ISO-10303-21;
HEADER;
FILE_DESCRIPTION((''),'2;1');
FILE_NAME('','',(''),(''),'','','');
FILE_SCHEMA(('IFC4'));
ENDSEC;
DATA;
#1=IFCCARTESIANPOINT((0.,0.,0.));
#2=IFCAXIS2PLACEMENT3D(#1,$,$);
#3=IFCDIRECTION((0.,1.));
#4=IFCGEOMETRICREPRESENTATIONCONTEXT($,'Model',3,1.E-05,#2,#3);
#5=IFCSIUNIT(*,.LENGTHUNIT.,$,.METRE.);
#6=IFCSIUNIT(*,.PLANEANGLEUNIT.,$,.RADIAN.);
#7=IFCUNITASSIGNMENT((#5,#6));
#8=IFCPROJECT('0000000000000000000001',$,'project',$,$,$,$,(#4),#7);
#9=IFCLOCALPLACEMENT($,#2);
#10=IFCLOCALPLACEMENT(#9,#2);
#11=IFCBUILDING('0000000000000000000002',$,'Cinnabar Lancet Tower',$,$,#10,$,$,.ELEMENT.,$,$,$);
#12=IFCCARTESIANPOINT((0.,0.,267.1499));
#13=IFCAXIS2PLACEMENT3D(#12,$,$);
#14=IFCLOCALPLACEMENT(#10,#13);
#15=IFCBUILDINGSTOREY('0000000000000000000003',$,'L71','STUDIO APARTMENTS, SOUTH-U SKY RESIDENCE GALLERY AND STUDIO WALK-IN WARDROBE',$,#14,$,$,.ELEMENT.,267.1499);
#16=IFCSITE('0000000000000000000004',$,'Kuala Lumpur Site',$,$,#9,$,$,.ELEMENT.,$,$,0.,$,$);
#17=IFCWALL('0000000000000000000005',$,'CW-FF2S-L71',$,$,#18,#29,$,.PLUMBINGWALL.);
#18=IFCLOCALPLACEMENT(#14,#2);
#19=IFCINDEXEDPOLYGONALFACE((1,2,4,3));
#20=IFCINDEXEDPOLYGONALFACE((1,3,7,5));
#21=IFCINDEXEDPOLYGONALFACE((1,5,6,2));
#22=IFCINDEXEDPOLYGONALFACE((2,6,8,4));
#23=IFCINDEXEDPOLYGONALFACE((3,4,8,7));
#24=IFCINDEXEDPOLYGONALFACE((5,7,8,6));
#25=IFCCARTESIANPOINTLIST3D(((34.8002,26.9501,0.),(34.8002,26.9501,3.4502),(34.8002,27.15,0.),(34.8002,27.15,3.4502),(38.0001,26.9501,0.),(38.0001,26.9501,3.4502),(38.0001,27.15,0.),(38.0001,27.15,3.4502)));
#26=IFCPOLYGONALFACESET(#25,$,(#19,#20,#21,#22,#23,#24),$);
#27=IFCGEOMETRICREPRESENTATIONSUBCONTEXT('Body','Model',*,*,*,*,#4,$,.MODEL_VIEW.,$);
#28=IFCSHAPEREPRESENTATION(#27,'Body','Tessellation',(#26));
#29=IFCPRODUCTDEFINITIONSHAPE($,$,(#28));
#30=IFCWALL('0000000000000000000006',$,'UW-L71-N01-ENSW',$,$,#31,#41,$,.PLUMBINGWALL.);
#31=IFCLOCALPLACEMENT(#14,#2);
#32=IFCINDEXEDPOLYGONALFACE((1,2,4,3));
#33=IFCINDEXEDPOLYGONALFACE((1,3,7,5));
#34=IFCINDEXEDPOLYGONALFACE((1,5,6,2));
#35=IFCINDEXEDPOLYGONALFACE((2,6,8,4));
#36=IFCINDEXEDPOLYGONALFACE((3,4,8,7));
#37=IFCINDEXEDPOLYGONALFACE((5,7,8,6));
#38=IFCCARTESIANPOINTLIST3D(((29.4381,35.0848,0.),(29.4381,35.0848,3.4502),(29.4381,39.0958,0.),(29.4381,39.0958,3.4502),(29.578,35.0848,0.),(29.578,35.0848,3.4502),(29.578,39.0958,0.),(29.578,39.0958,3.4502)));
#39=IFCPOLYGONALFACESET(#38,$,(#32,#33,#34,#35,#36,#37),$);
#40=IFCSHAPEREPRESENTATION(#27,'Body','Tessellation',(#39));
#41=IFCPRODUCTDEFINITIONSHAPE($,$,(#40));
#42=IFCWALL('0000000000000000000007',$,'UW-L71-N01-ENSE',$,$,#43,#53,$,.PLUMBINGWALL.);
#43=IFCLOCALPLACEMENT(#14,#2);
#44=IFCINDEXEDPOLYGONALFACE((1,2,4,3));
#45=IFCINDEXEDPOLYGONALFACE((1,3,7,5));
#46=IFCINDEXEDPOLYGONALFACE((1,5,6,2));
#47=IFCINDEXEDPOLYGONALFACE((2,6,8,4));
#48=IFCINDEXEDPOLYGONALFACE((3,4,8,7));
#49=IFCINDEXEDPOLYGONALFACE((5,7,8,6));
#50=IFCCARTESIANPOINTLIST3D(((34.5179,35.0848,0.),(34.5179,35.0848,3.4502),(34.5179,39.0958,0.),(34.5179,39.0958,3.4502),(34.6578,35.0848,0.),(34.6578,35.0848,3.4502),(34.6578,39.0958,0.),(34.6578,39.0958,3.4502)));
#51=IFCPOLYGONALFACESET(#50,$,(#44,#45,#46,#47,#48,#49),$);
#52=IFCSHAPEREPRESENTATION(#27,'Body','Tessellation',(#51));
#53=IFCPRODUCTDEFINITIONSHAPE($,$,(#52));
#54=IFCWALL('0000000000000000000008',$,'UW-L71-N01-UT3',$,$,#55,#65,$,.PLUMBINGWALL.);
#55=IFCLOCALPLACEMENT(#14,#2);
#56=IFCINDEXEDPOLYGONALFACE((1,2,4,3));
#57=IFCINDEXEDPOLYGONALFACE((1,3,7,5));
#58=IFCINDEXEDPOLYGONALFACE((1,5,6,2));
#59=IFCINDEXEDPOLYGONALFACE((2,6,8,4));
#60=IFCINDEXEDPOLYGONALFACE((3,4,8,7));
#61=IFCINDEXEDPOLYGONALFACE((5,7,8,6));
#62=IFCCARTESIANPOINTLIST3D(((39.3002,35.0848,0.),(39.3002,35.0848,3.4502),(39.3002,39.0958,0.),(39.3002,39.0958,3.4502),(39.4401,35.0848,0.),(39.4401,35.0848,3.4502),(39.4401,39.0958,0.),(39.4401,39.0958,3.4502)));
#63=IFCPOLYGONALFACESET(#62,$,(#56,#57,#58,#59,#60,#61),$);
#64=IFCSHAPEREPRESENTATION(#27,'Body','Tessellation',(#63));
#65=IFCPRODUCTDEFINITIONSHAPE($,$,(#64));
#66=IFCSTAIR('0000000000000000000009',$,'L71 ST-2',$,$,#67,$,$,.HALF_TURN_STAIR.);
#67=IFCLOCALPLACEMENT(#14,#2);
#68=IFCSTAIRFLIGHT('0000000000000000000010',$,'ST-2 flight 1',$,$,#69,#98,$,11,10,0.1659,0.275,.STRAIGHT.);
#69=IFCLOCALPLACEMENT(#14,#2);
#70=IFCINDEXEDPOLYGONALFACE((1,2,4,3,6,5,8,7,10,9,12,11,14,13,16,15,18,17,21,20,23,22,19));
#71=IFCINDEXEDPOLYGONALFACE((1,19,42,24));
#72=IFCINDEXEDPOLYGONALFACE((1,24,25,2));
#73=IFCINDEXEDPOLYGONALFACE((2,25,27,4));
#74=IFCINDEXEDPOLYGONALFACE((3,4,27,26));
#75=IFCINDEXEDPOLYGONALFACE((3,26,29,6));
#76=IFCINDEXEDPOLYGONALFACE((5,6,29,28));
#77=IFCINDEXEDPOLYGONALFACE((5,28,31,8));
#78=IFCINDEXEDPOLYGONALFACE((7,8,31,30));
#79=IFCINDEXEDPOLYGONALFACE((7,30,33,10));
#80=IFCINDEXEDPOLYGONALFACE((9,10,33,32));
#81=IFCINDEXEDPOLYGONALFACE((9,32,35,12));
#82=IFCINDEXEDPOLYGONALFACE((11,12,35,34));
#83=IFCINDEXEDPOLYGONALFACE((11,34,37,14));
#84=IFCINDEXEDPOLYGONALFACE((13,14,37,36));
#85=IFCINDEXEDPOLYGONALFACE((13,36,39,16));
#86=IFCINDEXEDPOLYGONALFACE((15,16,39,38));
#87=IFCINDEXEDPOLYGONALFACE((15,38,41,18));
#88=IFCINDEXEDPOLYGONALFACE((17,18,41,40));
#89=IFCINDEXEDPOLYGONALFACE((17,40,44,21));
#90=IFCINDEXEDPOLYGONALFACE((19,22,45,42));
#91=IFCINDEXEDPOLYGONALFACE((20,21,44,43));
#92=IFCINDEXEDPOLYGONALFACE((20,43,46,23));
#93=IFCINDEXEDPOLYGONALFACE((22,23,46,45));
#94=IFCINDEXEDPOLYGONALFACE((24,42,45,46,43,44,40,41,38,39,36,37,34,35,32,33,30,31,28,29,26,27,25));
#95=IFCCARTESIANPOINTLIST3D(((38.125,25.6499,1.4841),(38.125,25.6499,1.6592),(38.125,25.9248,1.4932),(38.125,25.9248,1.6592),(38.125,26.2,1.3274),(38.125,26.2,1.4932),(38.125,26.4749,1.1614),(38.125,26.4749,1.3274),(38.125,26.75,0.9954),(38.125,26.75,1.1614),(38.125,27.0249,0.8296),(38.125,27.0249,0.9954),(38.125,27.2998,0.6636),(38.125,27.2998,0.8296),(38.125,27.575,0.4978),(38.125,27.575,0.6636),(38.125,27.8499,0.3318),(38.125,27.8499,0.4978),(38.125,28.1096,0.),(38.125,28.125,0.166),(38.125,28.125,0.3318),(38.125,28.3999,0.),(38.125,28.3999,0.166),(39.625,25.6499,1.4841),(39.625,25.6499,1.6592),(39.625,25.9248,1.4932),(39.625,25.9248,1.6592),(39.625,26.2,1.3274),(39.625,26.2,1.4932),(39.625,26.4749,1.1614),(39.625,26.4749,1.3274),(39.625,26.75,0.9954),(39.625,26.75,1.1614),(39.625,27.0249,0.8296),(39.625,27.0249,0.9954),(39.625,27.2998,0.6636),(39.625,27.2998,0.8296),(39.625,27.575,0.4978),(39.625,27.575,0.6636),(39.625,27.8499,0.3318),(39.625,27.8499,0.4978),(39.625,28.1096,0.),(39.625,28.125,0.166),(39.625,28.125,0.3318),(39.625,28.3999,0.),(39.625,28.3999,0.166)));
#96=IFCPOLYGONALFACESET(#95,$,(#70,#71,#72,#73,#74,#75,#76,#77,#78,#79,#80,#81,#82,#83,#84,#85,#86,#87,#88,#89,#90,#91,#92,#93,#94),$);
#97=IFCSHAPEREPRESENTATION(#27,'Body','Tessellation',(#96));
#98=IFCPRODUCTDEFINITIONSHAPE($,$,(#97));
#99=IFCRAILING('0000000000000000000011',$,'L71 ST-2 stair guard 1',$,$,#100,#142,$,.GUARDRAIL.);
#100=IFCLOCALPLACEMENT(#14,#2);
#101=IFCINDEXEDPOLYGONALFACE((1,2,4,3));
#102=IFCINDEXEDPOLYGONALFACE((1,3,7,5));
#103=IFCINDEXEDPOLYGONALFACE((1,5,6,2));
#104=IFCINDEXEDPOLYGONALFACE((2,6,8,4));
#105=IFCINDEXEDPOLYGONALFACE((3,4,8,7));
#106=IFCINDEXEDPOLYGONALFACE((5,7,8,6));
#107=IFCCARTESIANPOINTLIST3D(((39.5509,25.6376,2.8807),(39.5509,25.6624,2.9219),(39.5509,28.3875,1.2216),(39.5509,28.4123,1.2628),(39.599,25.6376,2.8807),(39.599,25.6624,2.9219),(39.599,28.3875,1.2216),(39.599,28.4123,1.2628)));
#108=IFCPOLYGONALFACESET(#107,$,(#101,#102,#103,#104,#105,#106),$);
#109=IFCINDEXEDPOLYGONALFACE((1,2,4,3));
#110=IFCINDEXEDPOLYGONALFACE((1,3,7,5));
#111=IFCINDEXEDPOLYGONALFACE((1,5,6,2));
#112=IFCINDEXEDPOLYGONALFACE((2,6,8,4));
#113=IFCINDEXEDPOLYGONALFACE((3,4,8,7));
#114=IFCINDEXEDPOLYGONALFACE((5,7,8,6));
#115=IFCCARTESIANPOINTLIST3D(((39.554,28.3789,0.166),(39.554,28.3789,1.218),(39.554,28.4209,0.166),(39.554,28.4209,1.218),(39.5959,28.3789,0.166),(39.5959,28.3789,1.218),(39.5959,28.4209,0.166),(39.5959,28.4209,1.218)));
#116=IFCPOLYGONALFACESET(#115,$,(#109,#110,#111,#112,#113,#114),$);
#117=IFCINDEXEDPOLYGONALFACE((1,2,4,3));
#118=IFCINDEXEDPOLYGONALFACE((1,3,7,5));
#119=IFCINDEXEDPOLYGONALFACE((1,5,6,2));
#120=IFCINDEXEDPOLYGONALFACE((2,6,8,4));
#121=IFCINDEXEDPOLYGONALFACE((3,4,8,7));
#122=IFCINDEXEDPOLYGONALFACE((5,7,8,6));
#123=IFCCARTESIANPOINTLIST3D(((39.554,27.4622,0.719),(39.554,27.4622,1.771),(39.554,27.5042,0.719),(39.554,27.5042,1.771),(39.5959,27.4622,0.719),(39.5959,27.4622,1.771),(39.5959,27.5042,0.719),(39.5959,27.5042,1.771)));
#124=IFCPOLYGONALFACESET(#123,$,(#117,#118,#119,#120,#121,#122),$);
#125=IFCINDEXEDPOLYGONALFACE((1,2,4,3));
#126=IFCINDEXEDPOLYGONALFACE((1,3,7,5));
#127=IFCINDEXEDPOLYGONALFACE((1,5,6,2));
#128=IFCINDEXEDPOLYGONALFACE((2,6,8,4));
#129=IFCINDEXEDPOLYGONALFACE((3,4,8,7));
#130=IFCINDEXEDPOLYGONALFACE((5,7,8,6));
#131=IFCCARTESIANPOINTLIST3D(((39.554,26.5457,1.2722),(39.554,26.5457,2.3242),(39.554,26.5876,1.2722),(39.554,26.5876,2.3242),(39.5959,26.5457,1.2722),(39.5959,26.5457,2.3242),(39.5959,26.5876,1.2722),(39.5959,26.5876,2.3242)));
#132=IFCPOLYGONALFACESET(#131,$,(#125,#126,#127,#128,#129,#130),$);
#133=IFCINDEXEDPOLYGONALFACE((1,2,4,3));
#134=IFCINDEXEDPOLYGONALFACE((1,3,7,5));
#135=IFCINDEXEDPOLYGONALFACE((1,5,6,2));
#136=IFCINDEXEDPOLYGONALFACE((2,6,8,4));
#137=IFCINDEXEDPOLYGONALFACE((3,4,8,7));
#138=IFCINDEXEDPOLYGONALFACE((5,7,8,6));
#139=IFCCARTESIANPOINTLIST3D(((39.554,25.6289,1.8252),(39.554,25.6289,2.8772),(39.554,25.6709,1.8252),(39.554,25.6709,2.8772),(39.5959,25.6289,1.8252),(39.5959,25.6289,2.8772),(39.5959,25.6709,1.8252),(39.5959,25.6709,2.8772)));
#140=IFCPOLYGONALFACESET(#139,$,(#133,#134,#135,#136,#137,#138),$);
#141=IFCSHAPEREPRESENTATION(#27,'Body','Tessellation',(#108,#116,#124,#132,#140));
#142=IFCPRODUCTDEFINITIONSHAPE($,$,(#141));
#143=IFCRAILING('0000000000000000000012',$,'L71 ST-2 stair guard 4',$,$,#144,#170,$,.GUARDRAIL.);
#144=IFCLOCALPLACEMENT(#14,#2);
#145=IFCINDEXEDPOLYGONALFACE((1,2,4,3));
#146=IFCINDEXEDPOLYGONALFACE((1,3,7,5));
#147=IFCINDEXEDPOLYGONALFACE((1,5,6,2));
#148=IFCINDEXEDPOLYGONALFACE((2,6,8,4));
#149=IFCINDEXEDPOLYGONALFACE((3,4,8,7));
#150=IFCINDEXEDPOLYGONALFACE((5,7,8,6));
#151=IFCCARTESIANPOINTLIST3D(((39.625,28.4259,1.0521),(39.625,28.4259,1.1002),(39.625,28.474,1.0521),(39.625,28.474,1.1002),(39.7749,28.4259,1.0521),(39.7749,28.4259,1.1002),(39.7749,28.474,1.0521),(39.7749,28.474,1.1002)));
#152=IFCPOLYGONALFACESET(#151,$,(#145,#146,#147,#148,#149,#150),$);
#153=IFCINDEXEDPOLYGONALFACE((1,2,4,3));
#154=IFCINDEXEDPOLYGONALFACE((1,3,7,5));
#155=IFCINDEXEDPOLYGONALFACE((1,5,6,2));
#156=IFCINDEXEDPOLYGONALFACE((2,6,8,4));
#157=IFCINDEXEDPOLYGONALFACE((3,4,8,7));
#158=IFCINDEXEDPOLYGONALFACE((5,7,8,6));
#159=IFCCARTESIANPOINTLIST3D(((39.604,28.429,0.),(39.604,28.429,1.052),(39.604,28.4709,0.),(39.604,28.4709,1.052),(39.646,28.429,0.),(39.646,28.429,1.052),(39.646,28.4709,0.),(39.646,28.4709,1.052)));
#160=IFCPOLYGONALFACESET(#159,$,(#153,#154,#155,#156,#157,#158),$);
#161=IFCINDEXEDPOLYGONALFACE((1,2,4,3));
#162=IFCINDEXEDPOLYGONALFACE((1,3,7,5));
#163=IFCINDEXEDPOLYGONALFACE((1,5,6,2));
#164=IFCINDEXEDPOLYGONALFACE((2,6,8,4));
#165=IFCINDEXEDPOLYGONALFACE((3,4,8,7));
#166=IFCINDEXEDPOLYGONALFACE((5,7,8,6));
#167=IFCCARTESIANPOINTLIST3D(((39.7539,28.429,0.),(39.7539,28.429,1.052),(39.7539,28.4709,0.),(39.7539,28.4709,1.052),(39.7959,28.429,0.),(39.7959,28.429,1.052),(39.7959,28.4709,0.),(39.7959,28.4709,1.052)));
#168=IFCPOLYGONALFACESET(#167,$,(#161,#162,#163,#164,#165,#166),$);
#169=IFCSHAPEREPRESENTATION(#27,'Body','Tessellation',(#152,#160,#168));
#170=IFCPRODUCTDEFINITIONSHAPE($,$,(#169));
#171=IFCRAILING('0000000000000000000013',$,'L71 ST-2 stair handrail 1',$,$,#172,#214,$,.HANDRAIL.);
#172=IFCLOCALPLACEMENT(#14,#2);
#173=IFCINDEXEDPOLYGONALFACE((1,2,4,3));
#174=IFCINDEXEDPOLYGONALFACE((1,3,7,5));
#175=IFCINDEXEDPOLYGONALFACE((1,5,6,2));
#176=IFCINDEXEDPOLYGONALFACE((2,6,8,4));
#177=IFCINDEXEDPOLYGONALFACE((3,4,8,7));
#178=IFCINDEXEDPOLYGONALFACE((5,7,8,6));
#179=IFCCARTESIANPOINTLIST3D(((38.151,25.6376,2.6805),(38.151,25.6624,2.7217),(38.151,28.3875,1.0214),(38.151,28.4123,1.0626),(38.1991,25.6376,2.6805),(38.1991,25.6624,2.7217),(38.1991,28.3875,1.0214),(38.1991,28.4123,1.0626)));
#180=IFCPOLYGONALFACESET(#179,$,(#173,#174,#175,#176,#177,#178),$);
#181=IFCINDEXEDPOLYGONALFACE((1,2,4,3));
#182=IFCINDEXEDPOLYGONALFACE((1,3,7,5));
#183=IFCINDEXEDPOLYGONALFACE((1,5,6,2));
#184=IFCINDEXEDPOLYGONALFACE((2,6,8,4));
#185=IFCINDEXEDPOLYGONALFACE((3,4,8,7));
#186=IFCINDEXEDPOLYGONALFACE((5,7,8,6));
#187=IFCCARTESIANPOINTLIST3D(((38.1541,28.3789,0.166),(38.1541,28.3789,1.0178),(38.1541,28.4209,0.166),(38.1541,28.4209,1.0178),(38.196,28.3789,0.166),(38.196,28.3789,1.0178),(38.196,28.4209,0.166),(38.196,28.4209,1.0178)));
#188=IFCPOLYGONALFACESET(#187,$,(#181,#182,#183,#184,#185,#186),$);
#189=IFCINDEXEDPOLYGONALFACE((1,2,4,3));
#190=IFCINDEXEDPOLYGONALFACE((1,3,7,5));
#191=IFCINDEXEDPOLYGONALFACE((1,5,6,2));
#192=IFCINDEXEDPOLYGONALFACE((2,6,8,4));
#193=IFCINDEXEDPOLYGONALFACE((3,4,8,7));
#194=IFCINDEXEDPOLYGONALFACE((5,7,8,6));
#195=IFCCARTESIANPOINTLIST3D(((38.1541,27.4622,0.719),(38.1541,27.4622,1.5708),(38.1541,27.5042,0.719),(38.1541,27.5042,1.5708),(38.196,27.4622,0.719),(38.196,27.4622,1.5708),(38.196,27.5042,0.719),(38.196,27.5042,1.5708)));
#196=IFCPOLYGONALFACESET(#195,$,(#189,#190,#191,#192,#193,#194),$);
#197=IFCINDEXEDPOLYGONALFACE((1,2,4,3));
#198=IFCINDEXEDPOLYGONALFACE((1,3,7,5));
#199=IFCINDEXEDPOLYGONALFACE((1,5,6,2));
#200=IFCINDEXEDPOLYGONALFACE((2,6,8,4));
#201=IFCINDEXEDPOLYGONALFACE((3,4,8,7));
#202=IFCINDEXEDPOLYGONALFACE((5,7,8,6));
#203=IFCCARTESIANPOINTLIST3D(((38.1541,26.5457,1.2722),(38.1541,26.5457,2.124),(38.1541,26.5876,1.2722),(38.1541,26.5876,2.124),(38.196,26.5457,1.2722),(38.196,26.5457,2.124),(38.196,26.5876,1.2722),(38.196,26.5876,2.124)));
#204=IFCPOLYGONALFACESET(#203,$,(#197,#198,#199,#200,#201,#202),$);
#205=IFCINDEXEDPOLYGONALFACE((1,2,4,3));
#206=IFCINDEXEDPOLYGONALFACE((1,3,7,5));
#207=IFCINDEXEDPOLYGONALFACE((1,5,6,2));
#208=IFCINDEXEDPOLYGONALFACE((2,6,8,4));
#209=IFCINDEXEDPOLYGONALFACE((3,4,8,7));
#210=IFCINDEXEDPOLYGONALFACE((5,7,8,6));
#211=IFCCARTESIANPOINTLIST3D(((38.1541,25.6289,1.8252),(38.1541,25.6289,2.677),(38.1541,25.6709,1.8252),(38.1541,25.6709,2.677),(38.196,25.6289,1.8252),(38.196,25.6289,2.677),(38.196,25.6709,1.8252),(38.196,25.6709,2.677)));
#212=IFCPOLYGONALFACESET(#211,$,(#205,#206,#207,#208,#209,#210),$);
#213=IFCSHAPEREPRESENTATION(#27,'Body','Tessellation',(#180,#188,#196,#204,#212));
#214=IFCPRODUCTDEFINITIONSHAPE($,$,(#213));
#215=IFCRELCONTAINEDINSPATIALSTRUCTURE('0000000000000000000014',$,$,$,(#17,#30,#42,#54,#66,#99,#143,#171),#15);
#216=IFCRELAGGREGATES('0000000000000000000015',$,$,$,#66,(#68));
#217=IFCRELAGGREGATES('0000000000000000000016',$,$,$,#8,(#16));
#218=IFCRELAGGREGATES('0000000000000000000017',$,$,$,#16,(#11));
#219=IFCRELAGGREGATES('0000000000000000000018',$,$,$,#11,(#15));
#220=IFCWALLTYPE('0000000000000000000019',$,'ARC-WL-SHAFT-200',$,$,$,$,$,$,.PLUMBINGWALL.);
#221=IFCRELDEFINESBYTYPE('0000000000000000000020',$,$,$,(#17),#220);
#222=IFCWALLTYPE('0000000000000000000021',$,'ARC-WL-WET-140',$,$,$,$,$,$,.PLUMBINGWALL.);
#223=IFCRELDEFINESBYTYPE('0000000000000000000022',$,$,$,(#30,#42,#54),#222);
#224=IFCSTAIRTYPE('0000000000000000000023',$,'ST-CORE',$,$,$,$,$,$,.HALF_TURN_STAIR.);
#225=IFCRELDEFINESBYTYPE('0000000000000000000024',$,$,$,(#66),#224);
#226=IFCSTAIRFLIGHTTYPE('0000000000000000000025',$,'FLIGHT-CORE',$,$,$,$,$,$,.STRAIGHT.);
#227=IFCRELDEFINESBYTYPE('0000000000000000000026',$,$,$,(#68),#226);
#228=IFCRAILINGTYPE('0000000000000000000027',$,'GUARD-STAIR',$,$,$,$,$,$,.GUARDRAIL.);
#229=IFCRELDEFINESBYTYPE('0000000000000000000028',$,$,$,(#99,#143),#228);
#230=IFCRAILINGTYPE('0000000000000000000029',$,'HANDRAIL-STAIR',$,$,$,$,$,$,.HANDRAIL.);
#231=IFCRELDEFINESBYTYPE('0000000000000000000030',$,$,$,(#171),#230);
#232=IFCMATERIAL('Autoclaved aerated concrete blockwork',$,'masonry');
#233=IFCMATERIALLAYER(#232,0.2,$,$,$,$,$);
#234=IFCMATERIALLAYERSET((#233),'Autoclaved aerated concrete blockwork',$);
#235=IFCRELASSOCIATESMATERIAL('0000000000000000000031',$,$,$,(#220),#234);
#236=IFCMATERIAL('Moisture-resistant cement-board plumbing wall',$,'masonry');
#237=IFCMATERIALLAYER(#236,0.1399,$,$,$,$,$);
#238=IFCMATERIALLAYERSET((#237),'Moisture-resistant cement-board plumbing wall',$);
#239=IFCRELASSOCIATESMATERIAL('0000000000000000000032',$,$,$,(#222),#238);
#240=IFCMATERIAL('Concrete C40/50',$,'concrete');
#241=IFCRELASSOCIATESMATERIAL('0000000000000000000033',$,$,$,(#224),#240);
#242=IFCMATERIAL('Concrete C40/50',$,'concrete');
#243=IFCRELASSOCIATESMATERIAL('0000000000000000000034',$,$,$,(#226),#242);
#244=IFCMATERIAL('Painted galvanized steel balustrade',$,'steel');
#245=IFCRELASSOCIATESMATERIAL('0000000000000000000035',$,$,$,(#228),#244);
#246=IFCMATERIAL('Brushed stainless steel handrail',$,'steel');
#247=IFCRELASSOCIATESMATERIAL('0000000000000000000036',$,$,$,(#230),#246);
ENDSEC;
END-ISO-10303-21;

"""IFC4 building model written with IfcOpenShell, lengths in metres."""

from ifc_helpers import new_model, si_unit, direction, frame, frame_2d, origin, origin_2d, place, context, subcontext, project, spatial, polyline, rectangle, outline, extrude, material, layer, layer_set, type_object, element, aggregate, save


model = new_model("IFC4")

# Units and contexts
model_context = context("Model", 3, precision=1e-05, world=origin(), true_north=direction((0.0, 1.0)))
body_context = subcontext(model_context, "Body", "Model", "MODEL_VIEW")
ifc_project = project(units=[si_unit("LENGTHUNIT", "METRE"), si_unit("PLANEANGLEUNIT", "RADIAN")], contexts=[model_context])

# Site, building, storey
site_placement = place(None, origin())
site = spatial("IfcSite", under=ifc_project, at=site_placement, Name="Kuala Lumpur Site", CompositionType="ELEMENT", RefElevation=0.0)
building_placement = place(site_placement, origin())
building = spatial("IfcBuilding", under=site, at=building_placement, Name="Cinnabar Lancet Tower", CompositionType="ELEMENT")
storey_placement = place(building_placement, frame((0.0, 0.0, 267.1499)))
storey = spatial("IfcBuildingStorey", under=building, at=storey_placement, Name="L71", Description="STUDIO APARTMENTS, SOUTH-U SKY RESIDENCE GALLERY AND STUDIO WALK-IN WARDROBE", CompositionType="ELEMENT", Elevation=267.1499)

# Shared definitions
ifc_material_1 = material(Name="Autoclaved aerated concrete blockwork", Category="masonry")
ifc_layer_1 = layer(ifc_material_1, 0.2)
ifc_layer_set_1 = layer_set([ifc_layer_1], Name="Autoclaved aerated concrete blockwork")
wall_type_1 = type_object("IfcWallType", Name="ARC-WL-SHAFT-200", PredefinedType="PLUMBINGWALL", material=ifc_layer_set_1)

# Walls
wall_1_placement = place(storey_placement, frame((34.8, 27.05, 0.0), z_axis=(0.0, 0.0, 1.0), x_axis=(1.0, 0.0, 0.0)))
element("IfcWall", 1, at=wall_1_placement, inside=storey, type_object=wall_type_1, Name="CW-FF2S-L71", PredefinedType="PLUMBINGWALL", context=body_context, shape_type="SweptSolid", body=[
    extrude(rectangle(XDim=3.2, YDim=0.2, at=frame_2d((1.6001, 0.0))), origin(), (0.0, 0.0, 1.0), 3.4502),
])
ifc_material_2 = material(Name="Moisture-resistant cement-board plumbing wall", Category="masonry")
ifc_layer_2 = layer(ifc_material_2, 0.1399)
ifc_layer_set_2 = layer_set([ifc_layer_2], Name="Moisture-resistant cement-board plumbing wall")
wall_type_2 = type_object("IfcWallType", Name="ARC-WL-WET-140", PredefinedType="PLUMBINGWALL", material=ifc_layer_set_2)
for number, where, z_axis, x_axis, name in (
    (2, (29.5081, 35.085, 0.0), (0.0, 0.0, 1.0), (0.0, 1.0, 0.0), "UW-L71-N01-ENSW"),
    (3, (34.5879, 35.085, 0.0), (0.0, 0.0, 1.0), (0.0, 1.0, 0.0), "UW-L71-N01-ENSE"),
    (4, (39.3701, 35.085, 0.0), (0.0, 0.0, 1.0), (0.0, 1.0, 0.0), "UW-L71-N01-UT3"),
):
    element("IfcWall", number, at=place(storey_placement, frame(where, z_axis=z_axis, x_axis=x_axis)), inside=storey, type_object=wall_type_2, Name=name, PredefinedType="PLUMBINGWALL", context=body_context, shape_type="SweptSolid", body=[
        extrude(rectangle(XDim=4.011, YDim=0.1399, at=frame_2d((2.0054, 0.0))), origin(), (0.0, 0.0, 1.0), 3.4502),
    ])

# Stair, stair flight
ifc_material_3 = material(Name="Concrete C40/50", Category="concrete")
stair_type = type_object("IfcStairType", Name="ST-CORE", PredefinedType="HALF_TURN_STAIR", material=ifc_material_3)
stair_placement = place(storey_placement, origin())
stair = element("IfcStair", 5, at=stair_placement, inside=storey, type_object=stair_type, Name="L71 ST-2", PredefinedType="HALF_TURN_STAIR")
ifc_material_4 = material(Name="Concrete C40/50", Category="concrete")
stair_flight_type = type_object("IfcStairFlightType", Name="FLIGHT-CORE", PredefinedType="STRAIGHT", material=ifc_material_4)
stair_flight_placement = place(storey_placement, frame((38.875, 28.3999, 0.0), z_axis=(0.0, 0.0, 1.0), x_axis=(0.0, -1.0, 0.0)))
stair_flight = element("IfcStairFlight", 6, at=stair_flight_placement, type_object=stair_flight_type, Name="ST-2 flight 1", NumberOfRisers=11, NumberOfTreads=10, PredefinedType="STRAIGHT", RiserHeight=0.1659, TreadLength=0.275, context=body_context, shape_type="SweptSolid", body=[
    extrude(outline(polyline([(0.0, 0.0), (0.0, 0.166), (0.2749, 0.166), (0.2749, 0.3318), (0.55, 0.3318), (0.55, 0.4978), (0.825, 0.4978), (0.825, 0.6636), (1.1001, 0.6636), (1.1001, 0.8296), (1.375, 0.8296), (1.375, 0.9954), (1.6499, 0.9954), (1.6499, 1.1614), (1.925, 1.1614), (1.925, 1.3274), (2.2, 1.3274), (2.2, 1.4932), (2.4751, 1.4932), (2.4751, 1.6592), (2.75, 1.6592), (2.75, 1.825), (2.75, 1.4841), (0.2903, 0.0), (0.0, 0.0)])), frame((0.0, 0.75, 0.0), z_axis=(0.0, -1.0, 0.0), x_axis=(1.0, 0.0, 0.0)), (0.0, 0.0, 1.0), 1.5),
])
aggregate(stair, [stair_flight])

# Railings
ifc_material_5 = material(Name="Painted galvanized steel balustrade", Category="steel")
railing_type_1 = type_object("IfcRailingType", Name="GUARD-STAIR", PredefinedType="GUARDRAIL", material=ifc_material_5)
railing_1_placement = place(storey_placement, frame((39.575, 28.3999, 0.166)))
element("IfcRailing", 7, at=railing_1_placement, inside=storey, type_object=railing_type_1, Name="L71 ST-2 stair guard 1", PredefinedType="GUARDRAIL", context=body_context, shape_type="SweptSolid", body=[
    extrude(rectangle(XDim=0.0481, YDim=0.0481, at=origin_2d()), frame((0.0, 0.0, 1.0762), z_axis=(0.0, -0.856229, 0.516596), x_axis=(1.0, 0.0, 0.0)), (0.0, 0.0, 1.0), 3.2117),
    extrude(rectangle(XDim=0.042, YDim=0.042, at=origin_2d()), origin(), (0.0, 0.0, 1.0), 1.052),
    extrude(rectangle(XDim=0.042, YDim=0.042, at=origin_2d()), frame((0.0, -0.9167, 0.553)), (0.0, 0.0, 1.0), 1.052),
    extrude(rectangle(XDim=0.042, YDim=0.042, at=origin_2d()), frame((0.0, -1.8333, 1.1062)), (0.0, 0.0, 1.0), 1.052),
    extrude(rectangle(XDim=0.042, YDim=0.042, at=origin_2d()), frame((0.0, -2.75, 1.6592)), (0.0, 0.0, 1.0), 1.052),
])
railing_2_placement = place(storey_placement, frame((39.625, 28.45, 0.0)))
element("IfcRailing", 8, at=railing_2_placement, inside=storey, type_object=railing_type_1, Name="L71 ST-2 stair guard 4", PredefinedType="GUARDRAIL", context=body_context, shape_type="SweptSolid", body=[
    extrude(rectangle(XDim=0.0481, YDim=0.0481, at=origin_2d()), frame((0.0, 0.0, 1.0762), z_axis=(1.0, 0.0, 0.0), x_axis=(0.0, 1.0, 0.0)), (0.0, 0.0, 1.0), 0.1499),
    extrude(rectangle(XDim=0.042, YDim=0.042, at=origin_2d()), origin(), (0.0, 0.0, 1.0), 1.052),
    extrude(rectangle(XDim=0.042, YDim=0.042, at=origin_2d()), frame((0.1499, 0.0, 0.0)), (0.0, 0.0, 1.0), 1.052),
])
ifc_material_6 = material(Name="Brushed stainless steel handrail", Category="steel")
railing_type_2 = type_object("IfcRailingType", Name="HANDRAIL-STAIR", PredefinedType="HANDRAIL", material=ifc_material_6)
railing_3_placement = place(storey_placement, frame((38.175, 28.3999, 0.166)))
element("IfcRailing", 9, at=railing_3_placement, inside=storey, type_object=railing_type_2, Name="L71 ST-2 stair handrail 1", PredefinedType="HANDRAIL", context=body_context, shape_type="SweptSolid", body=[
    extrude(rectangle(XDim=0.0481, YDim=0.0481, at=origin_2d()), frame((0.0, 0.0, 0.876), z_axis=(0.0, -0.856229, 0.516596), x_axis=(1.0, 0.0, 0.0)), (0.0, 0.0, 1.0), 3.2117),
    extrude(rectangle(XDim=0.042, YDim=0.042, at=origin_2d()), origin(), (0.0, 0.0, 1.0), 0.8518),
    extrude(rectangle(XDim=0.042, YDim=0.042, at=origin_2d()), frame((0.0, -0.9167, 0.553)), (0.0, 0.0, 1.0), 0.8518),
    extrude(rectangle(XDim=0.042, YDim=0.042, at=origin_2d()), frame((0.0, -1.8333, 1.1062)), (0.0, 0.0, 1.0), 0.8518),
    extrude(rectangle(XDim=0.042, YDim=0.042, at=origin_2d()), frame((0.0, -2.75, 1.6592)), (0.0, 0.0, 1.0), 0.8518),
])

save(model, "model.ifc")
